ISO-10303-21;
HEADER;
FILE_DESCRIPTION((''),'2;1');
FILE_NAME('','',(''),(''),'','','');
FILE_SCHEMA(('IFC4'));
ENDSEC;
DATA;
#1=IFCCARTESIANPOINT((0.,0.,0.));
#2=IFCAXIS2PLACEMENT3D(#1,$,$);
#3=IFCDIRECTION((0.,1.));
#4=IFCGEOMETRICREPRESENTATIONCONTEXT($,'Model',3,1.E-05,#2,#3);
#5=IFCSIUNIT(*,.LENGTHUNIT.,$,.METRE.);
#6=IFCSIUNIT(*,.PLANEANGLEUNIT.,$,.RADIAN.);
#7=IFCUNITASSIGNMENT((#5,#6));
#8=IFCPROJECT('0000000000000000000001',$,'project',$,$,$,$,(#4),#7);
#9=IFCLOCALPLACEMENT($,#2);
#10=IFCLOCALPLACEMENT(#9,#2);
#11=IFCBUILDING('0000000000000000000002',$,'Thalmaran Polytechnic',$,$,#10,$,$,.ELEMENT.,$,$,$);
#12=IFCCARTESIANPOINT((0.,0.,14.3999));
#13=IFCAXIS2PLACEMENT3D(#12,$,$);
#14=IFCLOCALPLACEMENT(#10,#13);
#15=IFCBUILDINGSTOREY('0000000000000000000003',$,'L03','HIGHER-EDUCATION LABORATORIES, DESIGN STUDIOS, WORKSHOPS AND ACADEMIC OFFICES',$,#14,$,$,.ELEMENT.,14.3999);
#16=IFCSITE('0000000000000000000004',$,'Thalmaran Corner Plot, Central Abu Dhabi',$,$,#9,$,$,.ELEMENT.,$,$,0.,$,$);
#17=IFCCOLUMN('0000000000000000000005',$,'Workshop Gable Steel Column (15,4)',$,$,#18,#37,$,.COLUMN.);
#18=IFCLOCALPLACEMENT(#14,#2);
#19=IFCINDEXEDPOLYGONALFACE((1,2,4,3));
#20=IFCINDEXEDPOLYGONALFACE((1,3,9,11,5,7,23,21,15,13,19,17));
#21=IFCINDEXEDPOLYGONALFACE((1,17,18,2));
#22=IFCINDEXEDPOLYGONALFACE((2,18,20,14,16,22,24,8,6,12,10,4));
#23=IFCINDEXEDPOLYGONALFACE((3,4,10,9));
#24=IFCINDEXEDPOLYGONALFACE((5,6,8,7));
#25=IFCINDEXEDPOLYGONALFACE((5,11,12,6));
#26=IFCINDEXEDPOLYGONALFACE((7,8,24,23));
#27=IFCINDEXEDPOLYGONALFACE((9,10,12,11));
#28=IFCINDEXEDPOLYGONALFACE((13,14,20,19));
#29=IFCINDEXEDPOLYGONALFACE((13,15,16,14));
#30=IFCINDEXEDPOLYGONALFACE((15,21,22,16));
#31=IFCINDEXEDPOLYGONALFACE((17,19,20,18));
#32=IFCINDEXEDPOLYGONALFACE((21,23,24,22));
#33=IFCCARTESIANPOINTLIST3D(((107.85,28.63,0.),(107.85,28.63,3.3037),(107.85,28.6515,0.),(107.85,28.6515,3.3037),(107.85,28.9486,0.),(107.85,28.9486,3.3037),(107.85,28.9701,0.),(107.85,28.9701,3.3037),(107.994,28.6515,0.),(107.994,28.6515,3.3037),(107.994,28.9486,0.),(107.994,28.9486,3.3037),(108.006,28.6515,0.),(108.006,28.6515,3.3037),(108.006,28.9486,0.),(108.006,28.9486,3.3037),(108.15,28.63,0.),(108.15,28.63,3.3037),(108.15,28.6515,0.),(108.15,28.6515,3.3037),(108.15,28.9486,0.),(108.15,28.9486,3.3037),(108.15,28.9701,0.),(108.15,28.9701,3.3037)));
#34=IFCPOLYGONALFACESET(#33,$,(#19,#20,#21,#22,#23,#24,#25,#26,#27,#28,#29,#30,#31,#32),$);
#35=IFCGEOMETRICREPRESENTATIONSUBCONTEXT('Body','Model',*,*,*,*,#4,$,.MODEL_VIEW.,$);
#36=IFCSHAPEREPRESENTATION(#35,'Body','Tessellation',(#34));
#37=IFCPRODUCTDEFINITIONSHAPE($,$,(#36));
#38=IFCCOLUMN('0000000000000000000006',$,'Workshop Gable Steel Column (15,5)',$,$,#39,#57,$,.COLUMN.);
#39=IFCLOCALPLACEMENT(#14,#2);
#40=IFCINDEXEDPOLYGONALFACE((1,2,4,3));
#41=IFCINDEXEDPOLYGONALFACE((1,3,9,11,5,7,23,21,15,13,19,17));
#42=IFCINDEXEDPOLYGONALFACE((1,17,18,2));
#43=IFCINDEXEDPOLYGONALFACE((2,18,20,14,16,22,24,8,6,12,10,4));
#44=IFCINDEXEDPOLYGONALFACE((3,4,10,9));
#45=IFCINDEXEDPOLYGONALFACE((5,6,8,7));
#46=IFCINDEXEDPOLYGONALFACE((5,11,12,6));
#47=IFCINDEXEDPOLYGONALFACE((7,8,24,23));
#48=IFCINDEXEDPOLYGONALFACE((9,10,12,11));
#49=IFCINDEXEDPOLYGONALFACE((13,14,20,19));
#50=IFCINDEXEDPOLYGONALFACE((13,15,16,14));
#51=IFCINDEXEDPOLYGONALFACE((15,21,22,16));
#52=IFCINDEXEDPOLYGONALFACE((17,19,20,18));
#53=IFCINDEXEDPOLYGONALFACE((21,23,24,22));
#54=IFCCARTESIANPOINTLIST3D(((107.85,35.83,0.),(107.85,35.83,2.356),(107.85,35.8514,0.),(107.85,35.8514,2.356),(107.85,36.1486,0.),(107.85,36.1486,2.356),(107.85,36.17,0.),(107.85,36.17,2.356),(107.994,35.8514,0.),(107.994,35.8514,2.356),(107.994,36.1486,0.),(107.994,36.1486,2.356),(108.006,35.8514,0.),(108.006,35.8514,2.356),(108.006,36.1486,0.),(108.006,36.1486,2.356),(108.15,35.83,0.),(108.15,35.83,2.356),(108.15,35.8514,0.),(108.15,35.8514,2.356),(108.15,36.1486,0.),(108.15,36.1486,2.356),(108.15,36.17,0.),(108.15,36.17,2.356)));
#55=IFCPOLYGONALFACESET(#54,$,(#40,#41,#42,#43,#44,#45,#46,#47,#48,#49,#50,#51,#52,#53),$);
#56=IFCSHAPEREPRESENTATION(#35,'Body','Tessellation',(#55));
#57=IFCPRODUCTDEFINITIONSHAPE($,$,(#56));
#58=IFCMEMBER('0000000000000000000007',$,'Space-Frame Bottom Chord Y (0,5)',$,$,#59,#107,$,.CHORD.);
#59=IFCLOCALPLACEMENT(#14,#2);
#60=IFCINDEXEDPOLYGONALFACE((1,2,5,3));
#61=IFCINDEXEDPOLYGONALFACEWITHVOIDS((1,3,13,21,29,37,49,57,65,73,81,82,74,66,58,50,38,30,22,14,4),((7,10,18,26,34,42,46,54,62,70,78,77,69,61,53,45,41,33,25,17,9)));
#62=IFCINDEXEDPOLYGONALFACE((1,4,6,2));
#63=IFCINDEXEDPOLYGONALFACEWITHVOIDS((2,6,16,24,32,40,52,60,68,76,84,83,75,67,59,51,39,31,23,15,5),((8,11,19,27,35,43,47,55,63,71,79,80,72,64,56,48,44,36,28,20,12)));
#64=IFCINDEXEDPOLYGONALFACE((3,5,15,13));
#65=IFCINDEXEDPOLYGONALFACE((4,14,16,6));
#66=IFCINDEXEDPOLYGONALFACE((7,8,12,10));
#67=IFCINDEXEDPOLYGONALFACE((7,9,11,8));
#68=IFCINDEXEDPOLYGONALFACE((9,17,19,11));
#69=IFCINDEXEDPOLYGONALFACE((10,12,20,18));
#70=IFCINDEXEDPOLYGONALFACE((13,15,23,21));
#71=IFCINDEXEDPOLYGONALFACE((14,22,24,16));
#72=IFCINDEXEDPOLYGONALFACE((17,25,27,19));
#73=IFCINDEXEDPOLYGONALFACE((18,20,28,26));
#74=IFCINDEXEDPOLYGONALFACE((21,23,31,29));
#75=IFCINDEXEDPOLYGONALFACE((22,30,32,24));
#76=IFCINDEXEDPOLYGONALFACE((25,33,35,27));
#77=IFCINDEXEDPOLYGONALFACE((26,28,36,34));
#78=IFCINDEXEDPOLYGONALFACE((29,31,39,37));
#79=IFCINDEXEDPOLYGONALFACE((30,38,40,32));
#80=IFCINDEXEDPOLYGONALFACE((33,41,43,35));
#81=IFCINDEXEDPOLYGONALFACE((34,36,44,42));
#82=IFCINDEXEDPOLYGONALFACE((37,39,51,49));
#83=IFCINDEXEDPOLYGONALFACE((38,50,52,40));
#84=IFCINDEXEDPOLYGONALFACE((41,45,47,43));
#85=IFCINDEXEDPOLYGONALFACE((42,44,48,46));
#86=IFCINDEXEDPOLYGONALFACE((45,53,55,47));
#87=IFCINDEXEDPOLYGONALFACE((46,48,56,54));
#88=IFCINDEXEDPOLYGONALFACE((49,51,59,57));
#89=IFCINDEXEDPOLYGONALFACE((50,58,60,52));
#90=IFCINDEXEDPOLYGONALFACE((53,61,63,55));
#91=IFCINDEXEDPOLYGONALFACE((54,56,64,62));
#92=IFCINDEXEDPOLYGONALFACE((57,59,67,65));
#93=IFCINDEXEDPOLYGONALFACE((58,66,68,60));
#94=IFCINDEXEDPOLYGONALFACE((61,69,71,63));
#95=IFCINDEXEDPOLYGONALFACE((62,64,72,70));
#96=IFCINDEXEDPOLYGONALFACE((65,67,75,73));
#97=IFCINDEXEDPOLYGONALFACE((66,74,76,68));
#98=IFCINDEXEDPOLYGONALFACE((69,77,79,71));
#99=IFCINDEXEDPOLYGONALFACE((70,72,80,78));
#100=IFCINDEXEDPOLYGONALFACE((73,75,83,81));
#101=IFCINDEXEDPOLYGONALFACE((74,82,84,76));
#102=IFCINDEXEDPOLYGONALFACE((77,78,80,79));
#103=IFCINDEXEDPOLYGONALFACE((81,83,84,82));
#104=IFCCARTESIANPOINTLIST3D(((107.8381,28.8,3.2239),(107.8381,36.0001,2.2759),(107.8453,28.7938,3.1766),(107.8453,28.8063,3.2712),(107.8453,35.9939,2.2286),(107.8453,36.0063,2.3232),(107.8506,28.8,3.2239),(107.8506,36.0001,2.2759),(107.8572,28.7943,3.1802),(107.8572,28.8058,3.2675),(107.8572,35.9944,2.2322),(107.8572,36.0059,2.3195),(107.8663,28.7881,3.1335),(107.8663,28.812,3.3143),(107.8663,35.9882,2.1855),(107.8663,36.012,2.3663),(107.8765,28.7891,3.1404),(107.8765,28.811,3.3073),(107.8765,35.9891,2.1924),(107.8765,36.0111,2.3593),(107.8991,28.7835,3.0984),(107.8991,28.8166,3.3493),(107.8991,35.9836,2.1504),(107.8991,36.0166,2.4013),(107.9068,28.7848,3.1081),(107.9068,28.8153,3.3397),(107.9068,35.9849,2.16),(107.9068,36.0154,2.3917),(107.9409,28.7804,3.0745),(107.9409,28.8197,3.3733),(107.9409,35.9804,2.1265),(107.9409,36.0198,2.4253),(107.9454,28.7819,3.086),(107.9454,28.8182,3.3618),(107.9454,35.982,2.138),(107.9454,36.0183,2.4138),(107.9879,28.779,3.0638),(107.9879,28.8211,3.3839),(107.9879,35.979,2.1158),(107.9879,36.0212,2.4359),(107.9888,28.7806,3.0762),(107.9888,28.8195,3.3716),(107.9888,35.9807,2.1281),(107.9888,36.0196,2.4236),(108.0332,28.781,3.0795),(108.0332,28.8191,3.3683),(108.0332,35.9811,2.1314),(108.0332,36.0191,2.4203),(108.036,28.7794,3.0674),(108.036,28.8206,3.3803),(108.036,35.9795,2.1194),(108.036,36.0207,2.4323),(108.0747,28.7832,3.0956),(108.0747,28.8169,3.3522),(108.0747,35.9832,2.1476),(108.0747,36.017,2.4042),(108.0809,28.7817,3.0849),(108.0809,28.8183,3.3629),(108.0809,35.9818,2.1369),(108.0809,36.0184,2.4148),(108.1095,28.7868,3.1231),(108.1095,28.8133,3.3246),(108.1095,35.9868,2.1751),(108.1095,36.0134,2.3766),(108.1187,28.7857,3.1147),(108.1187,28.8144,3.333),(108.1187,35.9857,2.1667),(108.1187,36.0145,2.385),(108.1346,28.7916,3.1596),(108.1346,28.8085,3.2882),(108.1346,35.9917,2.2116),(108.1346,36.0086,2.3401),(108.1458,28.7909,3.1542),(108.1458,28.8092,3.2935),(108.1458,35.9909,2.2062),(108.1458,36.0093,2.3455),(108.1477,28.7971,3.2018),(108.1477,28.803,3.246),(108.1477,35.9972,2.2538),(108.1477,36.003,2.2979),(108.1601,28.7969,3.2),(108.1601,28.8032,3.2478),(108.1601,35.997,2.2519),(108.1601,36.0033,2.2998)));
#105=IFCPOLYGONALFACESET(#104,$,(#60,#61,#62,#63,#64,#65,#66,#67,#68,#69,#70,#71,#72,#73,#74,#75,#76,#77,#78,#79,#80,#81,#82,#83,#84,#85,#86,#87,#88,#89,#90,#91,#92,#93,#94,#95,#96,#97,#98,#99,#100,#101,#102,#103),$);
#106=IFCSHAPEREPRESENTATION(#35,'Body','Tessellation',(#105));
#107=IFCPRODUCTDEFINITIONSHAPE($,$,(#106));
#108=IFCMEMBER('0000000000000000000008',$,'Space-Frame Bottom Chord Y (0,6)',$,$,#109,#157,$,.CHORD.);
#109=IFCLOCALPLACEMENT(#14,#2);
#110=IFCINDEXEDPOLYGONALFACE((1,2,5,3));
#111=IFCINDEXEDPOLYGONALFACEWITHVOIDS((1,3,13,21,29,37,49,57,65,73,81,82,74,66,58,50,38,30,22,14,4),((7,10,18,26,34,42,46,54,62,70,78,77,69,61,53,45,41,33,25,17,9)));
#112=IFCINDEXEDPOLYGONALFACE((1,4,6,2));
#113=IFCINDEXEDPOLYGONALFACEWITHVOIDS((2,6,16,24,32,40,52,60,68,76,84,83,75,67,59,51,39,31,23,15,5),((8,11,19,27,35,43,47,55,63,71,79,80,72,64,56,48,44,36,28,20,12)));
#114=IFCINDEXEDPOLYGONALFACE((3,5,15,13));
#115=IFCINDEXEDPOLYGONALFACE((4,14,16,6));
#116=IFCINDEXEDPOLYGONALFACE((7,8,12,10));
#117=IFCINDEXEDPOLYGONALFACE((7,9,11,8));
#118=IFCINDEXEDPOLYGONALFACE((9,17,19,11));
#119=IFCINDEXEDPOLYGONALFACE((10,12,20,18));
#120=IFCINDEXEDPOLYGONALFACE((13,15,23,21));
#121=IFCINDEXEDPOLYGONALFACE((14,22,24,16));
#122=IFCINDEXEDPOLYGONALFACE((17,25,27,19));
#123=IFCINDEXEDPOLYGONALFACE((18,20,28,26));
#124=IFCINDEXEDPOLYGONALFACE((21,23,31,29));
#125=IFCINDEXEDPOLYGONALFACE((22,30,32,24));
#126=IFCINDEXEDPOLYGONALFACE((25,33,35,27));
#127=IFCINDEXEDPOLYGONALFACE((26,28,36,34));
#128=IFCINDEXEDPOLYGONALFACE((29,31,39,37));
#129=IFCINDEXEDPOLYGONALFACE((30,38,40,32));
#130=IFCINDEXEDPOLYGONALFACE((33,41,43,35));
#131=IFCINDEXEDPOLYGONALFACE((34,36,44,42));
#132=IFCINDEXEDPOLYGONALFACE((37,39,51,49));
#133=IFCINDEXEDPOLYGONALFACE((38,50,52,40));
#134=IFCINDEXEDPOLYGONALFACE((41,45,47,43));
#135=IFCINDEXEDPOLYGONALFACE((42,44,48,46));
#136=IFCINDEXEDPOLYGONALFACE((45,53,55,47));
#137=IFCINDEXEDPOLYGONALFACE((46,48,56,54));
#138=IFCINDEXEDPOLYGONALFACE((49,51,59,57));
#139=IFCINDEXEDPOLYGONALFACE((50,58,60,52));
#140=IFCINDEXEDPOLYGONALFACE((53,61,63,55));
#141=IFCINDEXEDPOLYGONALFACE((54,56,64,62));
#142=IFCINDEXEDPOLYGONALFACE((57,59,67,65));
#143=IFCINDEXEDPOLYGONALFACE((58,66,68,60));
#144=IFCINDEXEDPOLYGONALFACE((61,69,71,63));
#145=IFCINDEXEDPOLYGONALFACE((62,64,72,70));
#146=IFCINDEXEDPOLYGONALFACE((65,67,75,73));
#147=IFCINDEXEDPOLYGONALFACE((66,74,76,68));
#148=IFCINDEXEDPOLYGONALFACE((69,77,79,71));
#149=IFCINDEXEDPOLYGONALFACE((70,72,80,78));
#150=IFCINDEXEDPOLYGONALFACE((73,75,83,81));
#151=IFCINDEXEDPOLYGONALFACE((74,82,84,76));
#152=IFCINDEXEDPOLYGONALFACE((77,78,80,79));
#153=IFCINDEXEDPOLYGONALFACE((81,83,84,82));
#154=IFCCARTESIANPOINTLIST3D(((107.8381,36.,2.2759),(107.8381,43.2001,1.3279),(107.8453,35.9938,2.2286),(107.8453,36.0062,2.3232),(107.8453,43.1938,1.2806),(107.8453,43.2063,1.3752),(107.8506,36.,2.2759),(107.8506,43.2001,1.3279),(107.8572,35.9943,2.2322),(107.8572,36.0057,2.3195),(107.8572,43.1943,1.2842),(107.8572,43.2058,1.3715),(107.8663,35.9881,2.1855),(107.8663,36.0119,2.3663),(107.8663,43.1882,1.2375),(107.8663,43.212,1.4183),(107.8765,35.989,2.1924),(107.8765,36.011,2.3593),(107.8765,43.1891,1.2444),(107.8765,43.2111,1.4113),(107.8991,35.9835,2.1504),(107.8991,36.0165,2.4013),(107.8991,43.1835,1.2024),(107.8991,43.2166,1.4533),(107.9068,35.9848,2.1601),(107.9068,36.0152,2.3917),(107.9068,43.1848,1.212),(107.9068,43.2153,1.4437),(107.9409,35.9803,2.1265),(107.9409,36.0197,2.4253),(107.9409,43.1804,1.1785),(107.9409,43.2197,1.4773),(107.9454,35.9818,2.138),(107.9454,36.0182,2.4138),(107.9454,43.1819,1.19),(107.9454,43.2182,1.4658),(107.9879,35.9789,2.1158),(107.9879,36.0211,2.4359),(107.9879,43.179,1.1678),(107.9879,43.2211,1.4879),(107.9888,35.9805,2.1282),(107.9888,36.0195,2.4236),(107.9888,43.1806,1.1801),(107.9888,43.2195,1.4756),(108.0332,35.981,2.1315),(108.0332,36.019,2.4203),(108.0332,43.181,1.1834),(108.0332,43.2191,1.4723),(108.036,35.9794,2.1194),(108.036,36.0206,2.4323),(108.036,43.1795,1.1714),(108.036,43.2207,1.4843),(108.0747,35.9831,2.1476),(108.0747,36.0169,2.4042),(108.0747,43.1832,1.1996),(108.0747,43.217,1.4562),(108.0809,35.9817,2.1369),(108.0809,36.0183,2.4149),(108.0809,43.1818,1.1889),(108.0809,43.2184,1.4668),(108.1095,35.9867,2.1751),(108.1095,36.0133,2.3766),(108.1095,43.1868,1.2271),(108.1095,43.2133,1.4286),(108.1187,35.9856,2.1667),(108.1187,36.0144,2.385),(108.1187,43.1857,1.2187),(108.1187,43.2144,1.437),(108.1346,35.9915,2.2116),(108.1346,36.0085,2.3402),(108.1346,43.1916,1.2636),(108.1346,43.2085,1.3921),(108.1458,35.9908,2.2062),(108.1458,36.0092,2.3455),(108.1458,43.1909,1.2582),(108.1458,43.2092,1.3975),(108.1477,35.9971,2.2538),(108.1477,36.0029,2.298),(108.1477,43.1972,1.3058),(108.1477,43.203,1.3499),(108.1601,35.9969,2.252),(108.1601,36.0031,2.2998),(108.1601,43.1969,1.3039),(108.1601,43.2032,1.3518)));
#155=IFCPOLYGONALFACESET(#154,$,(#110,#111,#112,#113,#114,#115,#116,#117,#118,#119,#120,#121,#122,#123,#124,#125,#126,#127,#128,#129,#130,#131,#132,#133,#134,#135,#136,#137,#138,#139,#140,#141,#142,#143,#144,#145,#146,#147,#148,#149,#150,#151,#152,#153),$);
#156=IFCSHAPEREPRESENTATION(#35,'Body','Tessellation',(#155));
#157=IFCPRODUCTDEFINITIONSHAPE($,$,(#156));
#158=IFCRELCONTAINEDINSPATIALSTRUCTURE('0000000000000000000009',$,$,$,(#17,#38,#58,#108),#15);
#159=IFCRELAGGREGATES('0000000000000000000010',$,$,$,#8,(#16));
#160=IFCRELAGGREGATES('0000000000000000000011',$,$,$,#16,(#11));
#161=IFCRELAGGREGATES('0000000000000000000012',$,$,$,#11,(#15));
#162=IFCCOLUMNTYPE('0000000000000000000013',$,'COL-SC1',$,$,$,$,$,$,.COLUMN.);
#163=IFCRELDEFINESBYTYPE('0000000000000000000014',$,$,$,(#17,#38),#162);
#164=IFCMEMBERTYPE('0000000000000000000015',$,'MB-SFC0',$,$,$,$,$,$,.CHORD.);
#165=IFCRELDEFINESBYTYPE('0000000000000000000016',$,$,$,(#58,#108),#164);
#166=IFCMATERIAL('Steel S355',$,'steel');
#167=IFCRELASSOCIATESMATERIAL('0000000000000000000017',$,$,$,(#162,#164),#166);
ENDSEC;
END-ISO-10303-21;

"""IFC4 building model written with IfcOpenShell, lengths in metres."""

from ifc_helpers import new_model, si_unit, direction, frame, origin, origin_2d, place, context, subcontext, project, spatial, hollow_circle, i_section, extrude, material, material_profile, profile_set, type_object, element, save


model = new_model("IFC4")

# Units and contexts
model_context = context("Model", 3, precision=1e-05, world=origin(), true_north=direction((0.0, 1.0)))
body_context = subcontext(model_context, "Body", "Model", "MODEL_VIEW")
ifc_project = project(units=[si_unit("LENGTHUNIT", "METRE"), si_unit("PLANEANGLEUNIT", "RADIAN")], contexts=[model_context])

# Site, building, storey
site_placement = place(None, origin())
site = spatial("IfcSite", under=ifc_project, at=site_placement, Name="Thalmaran Corner Plot, Central Abu Dhabi", CompositionType="ELEMENT", RefElevation=0.0)
building_placement = place(site_placement, origin())
building = spatial("IfcBuilding", under=site, at=building_placement, Name="Thalmaran Polytechnic", CompositionType="ELEMENT")
storey_placement = place(building_placement, frame((0.0, 0.0, 14.3999)))
storey = spatial("IfcBuildingStorey", under=building, at=storey_placement, Name="L03", Description="HIGHER-EDUCATION LABORATORIES, DESIGN STUDIOS, WORKSHOPS AND ACADEMIC OFFICES", CompositionType="ELEMENT", Elevation=14.3999)

# Columns
ifc_material_1 = material(Name="Steel S355", Category="steel")
ifc_material_profile_1 = material_profile(ifc_material_1, i_section(OverallWidth=0.3, OverallDepth=0.3401, WebThickness=0.012, FlangeThickness=0.0215, at=origin_2d()), Name="HEB 340")
ifc_profile_set_1 = profile_set([ifc_material_profile_1], Name="Steel S355")
column_type = type_object("IfcColumnType", Name="COL-SC1", PredefinedType="COLUMN", material=ifc_profile_set_1)
column_1_placement = place(storey_placement, frame((108.0, 28.8, 0.0), z_axis=(0.0, 0.0, 1.0), x_axis=(1.0, 0.0, 0.0)))
element("IfcColumn", 1, at=column_1_placement, inside=storey, type_object=column_type, Name="Workshop Gable Steel Column (15,4)", PredefinedType="COLUMN", context=body_context, shape_type="SweptSolid", body=[
    extrude(i_section(OverallWidth=0.3, OverallDepth=0.3401, WebThickness=0.012, FlangeThickness=0.0215, at=origin_2d()), origin(), (0.0, 0.0, 1.0), 3.3037),
])
column_2_placement = place(storey_placement, frame((108.0, 36.0, 0.0), z_axis=(0.0, 0.0, 1.0), x_axis=(1.0, 0.0, 0.0)))
element("IfcColumn", 2, at=column_2_placement, inside=storey, type_object=column_type, Name="Workshop Gable Steel Column (15,5)", PredefinedType="COLUMN", context=body_context, shape_type="SweptSolid", body=[
    extrude(i_section(OverallWidth=0.3, OverallDepth=0.3401, WebThickness=0.012, FlangeThickness=0.0215, at=origin_2d()), origin(), (0.0, 0.0, 1.0), 2.356),
])

# Members
ifc_material_profile_2 = material_profile(ifc_material_1, hollow_circle(Radius=0.1619, WallThickness=0.0125, at=origin_2d()), Name="CHS 323.9x12.5")
ifc_profile_set_2 = profile_set([ifc_material_profile_2], Name="Steel S355")
member_type_1 = type_object("IfcMemberType", Name="MB-SFC0", PredefinedType="CHORD", material=ifc_profile_set_2)
for number, where, z_axis, x_axis, name in (
    (3, (108.0, 28.8, 3.2239), (0.0, 0.991443, -0.130541), (-1.0, 0.0, 0.0), "Space-Frame Bottom Chord Y (0,5)"),
    (4, (108.0, 36.0, 2.2759), (0.0, 0.991443, -0.130541), (-1.0, 0.0, 0.0), "Space-Frame Bottom Chord Y (0,6)"),
):
    element("IfcMember", number, at=place(storey_placement, frame(where, z_axis=z_axis, x_axis=x_axis)), inside=storey, type_object=member_type_1, Name=name, PredefinedType="CHORD", context=body_context, shape_type="SweptSolid", body=[
        extrude(hollow_circle(Radius=0.1619, WallThickness=0.0125, at=origin_2d()), origin(), (0.0, 0.0, 1.0), 7.2622),
    ])

save(model, "model.ifc")
